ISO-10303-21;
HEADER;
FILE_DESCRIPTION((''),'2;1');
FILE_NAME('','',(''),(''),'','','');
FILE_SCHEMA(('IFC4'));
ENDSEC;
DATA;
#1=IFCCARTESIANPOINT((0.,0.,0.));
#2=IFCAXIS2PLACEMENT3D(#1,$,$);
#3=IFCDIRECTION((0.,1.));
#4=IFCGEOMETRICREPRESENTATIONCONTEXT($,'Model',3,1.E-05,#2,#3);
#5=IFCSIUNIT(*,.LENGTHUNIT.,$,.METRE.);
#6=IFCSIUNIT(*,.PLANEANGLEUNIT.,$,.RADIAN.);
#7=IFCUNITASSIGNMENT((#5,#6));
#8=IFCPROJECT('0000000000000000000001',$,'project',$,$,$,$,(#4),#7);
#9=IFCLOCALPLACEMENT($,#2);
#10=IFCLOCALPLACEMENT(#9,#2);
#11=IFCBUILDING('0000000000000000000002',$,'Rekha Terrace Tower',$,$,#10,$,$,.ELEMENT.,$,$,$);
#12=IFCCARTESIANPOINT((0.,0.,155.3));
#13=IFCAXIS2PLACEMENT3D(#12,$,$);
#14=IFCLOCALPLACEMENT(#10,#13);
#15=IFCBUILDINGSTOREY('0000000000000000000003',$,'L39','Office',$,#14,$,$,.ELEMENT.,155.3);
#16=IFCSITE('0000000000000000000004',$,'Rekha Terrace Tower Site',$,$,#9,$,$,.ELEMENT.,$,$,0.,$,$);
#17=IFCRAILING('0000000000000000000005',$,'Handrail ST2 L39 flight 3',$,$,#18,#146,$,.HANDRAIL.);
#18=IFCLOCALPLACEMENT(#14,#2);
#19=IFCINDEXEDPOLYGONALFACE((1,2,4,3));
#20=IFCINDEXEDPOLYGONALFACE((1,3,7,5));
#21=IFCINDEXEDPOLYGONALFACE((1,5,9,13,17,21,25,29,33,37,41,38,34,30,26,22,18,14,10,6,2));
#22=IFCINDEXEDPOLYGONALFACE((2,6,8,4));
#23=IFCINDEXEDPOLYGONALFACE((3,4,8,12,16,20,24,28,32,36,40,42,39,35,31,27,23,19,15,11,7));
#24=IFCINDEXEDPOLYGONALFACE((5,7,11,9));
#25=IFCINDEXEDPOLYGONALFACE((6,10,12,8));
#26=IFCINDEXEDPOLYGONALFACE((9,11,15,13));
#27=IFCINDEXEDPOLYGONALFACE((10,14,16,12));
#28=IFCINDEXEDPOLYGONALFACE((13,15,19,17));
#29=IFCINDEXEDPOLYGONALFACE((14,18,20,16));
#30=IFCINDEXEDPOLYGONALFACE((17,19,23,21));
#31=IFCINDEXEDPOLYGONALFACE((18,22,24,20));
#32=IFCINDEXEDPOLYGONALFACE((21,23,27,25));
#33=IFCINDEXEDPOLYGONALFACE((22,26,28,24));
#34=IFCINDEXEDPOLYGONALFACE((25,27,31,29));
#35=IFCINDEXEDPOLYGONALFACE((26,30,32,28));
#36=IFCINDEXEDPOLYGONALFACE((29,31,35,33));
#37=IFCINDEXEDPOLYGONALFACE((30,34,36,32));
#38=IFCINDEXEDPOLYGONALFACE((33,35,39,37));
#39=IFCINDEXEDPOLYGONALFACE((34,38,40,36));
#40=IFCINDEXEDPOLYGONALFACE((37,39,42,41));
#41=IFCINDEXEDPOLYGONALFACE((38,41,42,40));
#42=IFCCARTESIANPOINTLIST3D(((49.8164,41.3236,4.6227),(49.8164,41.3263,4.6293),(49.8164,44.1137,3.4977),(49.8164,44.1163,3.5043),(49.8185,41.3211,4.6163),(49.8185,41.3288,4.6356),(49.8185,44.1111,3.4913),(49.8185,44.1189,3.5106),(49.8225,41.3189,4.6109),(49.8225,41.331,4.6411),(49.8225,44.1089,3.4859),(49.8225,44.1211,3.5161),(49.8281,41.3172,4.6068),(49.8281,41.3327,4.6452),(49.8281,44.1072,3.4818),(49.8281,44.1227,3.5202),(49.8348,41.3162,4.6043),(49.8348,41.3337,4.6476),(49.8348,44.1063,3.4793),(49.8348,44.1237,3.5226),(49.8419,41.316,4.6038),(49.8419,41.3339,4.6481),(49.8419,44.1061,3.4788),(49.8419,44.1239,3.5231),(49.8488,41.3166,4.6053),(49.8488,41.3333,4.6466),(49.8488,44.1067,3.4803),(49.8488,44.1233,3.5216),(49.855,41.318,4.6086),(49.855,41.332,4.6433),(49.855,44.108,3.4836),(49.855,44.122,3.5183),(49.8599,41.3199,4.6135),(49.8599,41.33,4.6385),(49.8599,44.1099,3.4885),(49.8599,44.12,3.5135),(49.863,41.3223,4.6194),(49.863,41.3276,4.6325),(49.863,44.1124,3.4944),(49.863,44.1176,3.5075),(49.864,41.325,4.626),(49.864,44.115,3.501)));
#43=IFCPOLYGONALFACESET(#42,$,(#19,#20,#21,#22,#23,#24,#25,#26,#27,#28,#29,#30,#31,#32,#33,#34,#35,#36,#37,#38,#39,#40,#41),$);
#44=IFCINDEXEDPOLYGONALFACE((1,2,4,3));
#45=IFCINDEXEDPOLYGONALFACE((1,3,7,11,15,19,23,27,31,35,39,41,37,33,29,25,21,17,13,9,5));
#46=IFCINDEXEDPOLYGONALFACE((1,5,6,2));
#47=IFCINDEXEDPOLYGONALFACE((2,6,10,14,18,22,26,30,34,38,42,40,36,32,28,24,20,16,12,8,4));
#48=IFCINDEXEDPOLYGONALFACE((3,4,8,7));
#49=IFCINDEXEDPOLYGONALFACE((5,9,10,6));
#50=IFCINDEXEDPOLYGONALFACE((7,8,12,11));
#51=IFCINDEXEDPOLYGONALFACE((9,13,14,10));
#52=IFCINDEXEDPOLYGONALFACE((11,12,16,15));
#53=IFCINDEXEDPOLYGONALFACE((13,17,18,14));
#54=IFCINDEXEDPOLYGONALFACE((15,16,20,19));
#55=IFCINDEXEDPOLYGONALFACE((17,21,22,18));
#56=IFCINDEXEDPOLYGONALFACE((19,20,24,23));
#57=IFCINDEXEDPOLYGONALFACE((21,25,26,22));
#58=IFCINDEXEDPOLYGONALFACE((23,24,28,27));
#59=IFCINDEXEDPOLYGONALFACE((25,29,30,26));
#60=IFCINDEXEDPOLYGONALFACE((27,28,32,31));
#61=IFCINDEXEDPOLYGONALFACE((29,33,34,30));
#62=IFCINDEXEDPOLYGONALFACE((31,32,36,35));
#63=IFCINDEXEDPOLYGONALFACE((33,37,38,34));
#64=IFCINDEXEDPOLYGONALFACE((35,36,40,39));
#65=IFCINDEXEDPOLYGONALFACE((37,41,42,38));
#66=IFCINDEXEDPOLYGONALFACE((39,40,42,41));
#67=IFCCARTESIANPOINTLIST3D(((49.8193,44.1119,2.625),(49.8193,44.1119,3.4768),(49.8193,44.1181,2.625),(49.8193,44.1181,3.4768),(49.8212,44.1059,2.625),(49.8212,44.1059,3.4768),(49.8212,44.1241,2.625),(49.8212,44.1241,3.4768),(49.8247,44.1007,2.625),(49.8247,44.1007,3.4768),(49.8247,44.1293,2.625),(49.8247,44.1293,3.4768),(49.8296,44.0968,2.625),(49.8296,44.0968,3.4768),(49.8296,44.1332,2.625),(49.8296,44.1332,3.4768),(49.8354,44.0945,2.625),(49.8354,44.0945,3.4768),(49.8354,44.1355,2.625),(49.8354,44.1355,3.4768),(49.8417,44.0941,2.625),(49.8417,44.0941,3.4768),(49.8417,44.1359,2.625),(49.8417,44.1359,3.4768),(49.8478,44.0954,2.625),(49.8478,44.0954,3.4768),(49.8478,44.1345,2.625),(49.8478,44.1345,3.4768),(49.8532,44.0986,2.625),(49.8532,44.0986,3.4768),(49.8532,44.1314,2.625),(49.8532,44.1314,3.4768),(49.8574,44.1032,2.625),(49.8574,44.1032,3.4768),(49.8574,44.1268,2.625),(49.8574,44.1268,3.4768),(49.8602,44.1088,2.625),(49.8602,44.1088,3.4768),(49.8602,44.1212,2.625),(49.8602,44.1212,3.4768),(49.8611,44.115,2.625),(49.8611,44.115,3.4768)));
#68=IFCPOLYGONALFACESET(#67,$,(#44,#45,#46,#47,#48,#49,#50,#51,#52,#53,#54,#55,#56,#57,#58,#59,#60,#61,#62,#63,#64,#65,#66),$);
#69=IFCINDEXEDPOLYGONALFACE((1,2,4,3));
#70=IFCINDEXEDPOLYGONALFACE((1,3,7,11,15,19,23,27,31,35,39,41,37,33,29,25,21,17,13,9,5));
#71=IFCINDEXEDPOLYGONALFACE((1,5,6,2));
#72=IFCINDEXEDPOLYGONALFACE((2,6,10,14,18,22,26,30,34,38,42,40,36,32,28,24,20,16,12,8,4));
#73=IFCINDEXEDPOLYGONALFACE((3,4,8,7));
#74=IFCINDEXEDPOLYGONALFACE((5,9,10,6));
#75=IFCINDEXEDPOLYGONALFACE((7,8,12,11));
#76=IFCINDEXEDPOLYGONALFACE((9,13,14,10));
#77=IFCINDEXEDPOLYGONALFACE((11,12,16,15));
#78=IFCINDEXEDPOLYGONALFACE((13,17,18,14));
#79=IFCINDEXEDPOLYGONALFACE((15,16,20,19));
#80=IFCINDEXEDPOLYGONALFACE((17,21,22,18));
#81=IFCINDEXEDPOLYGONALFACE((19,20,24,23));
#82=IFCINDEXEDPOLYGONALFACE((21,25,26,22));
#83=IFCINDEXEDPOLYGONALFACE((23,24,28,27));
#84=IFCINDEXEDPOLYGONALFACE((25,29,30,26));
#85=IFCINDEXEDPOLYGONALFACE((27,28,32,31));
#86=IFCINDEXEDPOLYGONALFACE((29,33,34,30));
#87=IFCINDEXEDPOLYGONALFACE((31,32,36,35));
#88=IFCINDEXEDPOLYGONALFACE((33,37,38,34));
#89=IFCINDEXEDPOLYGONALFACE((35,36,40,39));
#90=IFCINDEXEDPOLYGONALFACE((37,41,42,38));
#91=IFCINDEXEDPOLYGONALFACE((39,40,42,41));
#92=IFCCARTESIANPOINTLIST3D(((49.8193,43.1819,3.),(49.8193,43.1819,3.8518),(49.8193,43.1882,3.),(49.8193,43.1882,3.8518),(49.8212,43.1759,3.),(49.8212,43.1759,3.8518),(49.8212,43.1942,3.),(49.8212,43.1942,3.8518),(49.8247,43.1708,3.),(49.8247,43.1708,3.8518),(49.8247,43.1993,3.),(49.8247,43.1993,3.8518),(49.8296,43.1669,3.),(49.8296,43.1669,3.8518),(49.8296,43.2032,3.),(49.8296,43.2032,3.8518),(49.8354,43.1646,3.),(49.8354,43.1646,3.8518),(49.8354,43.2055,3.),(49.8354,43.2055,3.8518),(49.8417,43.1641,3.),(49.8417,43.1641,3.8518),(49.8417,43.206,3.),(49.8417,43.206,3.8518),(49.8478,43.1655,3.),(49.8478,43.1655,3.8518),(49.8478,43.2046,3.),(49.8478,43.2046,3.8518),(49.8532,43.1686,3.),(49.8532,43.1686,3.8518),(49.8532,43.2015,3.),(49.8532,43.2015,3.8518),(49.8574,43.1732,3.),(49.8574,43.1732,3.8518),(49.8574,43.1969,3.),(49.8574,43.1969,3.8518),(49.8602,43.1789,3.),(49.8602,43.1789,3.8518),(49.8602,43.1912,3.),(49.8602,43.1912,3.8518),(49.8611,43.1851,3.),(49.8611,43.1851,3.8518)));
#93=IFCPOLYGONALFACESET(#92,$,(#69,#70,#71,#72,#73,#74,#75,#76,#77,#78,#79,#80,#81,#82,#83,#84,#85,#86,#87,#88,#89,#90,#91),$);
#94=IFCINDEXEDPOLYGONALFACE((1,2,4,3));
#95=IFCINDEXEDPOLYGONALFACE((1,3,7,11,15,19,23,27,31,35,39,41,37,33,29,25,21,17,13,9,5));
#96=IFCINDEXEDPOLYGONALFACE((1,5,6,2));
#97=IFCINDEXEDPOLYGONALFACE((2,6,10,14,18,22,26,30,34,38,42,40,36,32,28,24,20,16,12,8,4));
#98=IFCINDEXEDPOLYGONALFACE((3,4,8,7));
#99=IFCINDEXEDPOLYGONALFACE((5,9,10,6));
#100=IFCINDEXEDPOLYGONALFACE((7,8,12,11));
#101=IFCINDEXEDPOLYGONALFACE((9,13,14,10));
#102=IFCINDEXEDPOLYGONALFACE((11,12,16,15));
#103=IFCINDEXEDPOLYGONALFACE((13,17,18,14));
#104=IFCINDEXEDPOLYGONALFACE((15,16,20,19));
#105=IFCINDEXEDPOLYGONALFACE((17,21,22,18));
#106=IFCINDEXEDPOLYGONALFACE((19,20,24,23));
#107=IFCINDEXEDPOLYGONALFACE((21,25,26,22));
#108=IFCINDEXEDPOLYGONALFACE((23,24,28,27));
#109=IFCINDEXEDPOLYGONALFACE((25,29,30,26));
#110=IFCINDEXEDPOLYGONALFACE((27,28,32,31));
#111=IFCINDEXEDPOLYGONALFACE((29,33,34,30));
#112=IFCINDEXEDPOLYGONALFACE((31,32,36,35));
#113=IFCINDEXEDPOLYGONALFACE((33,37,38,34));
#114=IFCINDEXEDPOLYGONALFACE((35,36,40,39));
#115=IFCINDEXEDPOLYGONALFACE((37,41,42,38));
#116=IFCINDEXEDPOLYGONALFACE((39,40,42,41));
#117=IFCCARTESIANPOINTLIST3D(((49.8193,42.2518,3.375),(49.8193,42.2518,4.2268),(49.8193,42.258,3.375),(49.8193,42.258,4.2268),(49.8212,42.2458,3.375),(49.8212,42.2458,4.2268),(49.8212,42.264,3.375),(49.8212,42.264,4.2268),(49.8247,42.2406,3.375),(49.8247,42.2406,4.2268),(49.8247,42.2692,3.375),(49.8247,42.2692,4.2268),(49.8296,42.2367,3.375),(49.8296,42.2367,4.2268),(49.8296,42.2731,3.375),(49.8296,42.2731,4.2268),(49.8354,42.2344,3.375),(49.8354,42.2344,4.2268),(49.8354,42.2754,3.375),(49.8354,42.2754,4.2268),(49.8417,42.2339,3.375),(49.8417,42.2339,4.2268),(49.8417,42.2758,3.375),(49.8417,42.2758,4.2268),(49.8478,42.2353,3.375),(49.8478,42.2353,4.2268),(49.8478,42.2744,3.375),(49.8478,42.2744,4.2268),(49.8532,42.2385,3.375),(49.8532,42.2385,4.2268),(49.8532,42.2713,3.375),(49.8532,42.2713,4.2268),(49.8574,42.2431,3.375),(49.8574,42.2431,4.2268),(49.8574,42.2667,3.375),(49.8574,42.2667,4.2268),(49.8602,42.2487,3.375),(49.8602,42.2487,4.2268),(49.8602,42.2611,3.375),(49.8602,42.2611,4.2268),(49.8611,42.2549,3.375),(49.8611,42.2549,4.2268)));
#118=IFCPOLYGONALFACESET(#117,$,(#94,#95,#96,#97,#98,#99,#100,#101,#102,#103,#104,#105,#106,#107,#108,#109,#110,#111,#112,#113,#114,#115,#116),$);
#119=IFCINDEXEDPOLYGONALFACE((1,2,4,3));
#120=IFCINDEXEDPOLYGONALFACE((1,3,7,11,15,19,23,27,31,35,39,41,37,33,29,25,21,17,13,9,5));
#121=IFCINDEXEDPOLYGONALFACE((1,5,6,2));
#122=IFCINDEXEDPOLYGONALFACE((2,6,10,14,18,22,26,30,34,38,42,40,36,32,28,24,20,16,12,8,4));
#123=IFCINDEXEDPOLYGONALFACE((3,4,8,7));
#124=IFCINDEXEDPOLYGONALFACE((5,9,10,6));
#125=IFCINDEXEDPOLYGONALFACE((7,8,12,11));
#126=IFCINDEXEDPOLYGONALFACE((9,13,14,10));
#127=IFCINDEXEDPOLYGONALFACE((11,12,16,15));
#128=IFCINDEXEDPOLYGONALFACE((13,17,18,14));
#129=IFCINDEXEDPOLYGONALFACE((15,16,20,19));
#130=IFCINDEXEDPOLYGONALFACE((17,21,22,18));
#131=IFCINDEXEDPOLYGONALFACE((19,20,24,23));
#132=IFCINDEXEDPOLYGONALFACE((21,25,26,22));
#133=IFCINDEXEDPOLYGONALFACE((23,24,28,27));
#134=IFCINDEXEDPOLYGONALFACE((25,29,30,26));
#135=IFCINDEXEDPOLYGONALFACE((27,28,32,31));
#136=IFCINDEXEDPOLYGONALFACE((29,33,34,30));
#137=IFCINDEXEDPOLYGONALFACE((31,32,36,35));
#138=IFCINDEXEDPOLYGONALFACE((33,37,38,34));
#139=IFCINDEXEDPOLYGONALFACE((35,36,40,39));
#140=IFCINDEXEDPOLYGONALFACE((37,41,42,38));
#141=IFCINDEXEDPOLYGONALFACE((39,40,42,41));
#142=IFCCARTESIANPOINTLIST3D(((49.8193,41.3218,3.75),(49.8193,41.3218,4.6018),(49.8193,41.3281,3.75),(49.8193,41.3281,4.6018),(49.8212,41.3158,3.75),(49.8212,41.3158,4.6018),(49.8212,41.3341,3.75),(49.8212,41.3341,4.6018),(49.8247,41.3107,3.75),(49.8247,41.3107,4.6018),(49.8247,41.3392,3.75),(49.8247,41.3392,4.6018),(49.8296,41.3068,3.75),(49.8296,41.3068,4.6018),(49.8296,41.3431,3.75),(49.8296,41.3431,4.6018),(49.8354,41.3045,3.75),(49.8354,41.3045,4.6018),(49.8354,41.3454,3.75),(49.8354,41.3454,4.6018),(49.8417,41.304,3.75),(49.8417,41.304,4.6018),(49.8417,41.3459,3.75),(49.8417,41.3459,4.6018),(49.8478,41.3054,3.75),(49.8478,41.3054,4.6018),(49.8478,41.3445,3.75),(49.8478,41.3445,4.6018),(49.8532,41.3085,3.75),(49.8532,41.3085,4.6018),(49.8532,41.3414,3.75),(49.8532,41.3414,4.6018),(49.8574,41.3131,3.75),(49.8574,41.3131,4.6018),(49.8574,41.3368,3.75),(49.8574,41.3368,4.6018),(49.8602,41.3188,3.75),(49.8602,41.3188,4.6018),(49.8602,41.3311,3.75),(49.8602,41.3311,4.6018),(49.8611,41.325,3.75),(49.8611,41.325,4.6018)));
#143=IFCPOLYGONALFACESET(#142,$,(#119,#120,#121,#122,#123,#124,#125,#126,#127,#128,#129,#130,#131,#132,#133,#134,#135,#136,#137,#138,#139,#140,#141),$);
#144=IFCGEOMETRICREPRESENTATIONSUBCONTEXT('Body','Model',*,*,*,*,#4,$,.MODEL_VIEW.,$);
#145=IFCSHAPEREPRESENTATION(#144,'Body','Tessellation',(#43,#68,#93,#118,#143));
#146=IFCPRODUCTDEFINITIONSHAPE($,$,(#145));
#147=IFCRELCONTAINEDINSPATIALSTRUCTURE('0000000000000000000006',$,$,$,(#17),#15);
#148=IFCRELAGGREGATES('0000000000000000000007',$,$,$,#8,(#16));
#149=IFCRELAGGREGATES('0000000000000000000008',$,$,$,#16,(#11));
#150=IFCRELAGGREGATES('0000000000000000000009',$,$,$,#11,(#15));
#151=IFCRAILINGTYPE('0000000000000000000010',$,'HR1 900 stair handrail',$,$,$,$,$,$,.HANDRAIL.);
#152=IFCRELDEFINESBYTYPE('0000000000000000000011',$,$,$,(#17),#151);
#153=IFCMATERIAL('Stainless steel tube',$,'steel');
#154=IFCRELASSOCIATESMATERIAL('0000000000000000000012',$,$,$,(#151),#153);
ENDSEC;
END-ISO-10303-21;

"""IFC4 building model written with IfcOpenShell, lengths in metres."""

from ifc_helpers import new_model, si_unit, direction, frame, origin, origin_2d, place, context, subcontext, project, spatial, circle, extrude, material, type_object, element, save


model = new_model("IFC4")

# Units and contexts
model_context = context("Model", 3, precision=1e-05, world=origin(), true_north=direction((0.0, 1.0)))
body_context = subcontext(model_context, "Body", "Model", "MODEL_VIEW")
ifc_project = project(units=[si_unit("LENGTHUNIT", "METRE"), si_unit("PLANEANGLEUNIT", "RADIAN")], contexts=[model_context])

# Site, building, storey
site_placement = place(None, origin())
site = spatial("IfcSite", under=ifc_project, at=site_placement, Name="Rekha Terrace Tower Site", CompositionType="ELEMENT", RefElevation=0.0)
building_placement = place(site_placement, origin())
building = spatial("IfcBuilding", under=site, at=building_placement, Name="Rekha Terrace Tower", CompositionType="ELEMENT")
storey_placement = place(building_placement, frame((0.0, 0.0, 155.3)))
storey = spatial("IfcBuildingStorey", under=building, at=storey_placement, Name="L39", Description="Office", CompositionType="ELEMENT", Elevation=155.3)

# Railing
ifc_material_1 = material(Name="Stainless steel tube", Category="steel")
railing_type = type_object("IfcRailingType", Name="HR1 900 stair handrail", PredefinedType="HANDRAIL", material=ifc_material_1)
railing_placement = place(storey_placement, frame((49.8401, 44.115, 2.625)))
element("IfcRailing", 1, at=railing_placement, inside=storey, type_object=railing_type, Name="Handrail ST2 L39 flight 3", PredefinedType="HANDRAIL", context=body_context, shape_type="SweptSolid", body=[
    extrude(circle(Radius=0.0239, at=origin_2d()), frame((0.0, 0.0, 0.876), z_axis=(0.0, -0.927443, 0.373964), x_axis=(1.0, 0.0, 0.0)), (0.0, 0.0, 1.0), 3.0083),
    extrude(circle(Radius=0.021, at=origin_2d()), origin(), (0.0, 0.0, 1.0), 0.8518),
    extrude(circle(Radius=0.021, at=origin_2d()), frame((0.0, -0.9299, 0.375)), (0.0, 0.0, 1.0), 0.8518),
    extrude(circle(Radius=0.021, at=origin_2d()), frame((0.0, -1.8601, 0.75)), (0.0, 0.0, 1.0), 0.8518),
    extrude(circle(Radius=0.021, at=origin_2d()), frame((0.0, -2.79, 1.125)), (0.0, 0.0, 1.0), 0.8518),
])

save(model, "model.ifc")
